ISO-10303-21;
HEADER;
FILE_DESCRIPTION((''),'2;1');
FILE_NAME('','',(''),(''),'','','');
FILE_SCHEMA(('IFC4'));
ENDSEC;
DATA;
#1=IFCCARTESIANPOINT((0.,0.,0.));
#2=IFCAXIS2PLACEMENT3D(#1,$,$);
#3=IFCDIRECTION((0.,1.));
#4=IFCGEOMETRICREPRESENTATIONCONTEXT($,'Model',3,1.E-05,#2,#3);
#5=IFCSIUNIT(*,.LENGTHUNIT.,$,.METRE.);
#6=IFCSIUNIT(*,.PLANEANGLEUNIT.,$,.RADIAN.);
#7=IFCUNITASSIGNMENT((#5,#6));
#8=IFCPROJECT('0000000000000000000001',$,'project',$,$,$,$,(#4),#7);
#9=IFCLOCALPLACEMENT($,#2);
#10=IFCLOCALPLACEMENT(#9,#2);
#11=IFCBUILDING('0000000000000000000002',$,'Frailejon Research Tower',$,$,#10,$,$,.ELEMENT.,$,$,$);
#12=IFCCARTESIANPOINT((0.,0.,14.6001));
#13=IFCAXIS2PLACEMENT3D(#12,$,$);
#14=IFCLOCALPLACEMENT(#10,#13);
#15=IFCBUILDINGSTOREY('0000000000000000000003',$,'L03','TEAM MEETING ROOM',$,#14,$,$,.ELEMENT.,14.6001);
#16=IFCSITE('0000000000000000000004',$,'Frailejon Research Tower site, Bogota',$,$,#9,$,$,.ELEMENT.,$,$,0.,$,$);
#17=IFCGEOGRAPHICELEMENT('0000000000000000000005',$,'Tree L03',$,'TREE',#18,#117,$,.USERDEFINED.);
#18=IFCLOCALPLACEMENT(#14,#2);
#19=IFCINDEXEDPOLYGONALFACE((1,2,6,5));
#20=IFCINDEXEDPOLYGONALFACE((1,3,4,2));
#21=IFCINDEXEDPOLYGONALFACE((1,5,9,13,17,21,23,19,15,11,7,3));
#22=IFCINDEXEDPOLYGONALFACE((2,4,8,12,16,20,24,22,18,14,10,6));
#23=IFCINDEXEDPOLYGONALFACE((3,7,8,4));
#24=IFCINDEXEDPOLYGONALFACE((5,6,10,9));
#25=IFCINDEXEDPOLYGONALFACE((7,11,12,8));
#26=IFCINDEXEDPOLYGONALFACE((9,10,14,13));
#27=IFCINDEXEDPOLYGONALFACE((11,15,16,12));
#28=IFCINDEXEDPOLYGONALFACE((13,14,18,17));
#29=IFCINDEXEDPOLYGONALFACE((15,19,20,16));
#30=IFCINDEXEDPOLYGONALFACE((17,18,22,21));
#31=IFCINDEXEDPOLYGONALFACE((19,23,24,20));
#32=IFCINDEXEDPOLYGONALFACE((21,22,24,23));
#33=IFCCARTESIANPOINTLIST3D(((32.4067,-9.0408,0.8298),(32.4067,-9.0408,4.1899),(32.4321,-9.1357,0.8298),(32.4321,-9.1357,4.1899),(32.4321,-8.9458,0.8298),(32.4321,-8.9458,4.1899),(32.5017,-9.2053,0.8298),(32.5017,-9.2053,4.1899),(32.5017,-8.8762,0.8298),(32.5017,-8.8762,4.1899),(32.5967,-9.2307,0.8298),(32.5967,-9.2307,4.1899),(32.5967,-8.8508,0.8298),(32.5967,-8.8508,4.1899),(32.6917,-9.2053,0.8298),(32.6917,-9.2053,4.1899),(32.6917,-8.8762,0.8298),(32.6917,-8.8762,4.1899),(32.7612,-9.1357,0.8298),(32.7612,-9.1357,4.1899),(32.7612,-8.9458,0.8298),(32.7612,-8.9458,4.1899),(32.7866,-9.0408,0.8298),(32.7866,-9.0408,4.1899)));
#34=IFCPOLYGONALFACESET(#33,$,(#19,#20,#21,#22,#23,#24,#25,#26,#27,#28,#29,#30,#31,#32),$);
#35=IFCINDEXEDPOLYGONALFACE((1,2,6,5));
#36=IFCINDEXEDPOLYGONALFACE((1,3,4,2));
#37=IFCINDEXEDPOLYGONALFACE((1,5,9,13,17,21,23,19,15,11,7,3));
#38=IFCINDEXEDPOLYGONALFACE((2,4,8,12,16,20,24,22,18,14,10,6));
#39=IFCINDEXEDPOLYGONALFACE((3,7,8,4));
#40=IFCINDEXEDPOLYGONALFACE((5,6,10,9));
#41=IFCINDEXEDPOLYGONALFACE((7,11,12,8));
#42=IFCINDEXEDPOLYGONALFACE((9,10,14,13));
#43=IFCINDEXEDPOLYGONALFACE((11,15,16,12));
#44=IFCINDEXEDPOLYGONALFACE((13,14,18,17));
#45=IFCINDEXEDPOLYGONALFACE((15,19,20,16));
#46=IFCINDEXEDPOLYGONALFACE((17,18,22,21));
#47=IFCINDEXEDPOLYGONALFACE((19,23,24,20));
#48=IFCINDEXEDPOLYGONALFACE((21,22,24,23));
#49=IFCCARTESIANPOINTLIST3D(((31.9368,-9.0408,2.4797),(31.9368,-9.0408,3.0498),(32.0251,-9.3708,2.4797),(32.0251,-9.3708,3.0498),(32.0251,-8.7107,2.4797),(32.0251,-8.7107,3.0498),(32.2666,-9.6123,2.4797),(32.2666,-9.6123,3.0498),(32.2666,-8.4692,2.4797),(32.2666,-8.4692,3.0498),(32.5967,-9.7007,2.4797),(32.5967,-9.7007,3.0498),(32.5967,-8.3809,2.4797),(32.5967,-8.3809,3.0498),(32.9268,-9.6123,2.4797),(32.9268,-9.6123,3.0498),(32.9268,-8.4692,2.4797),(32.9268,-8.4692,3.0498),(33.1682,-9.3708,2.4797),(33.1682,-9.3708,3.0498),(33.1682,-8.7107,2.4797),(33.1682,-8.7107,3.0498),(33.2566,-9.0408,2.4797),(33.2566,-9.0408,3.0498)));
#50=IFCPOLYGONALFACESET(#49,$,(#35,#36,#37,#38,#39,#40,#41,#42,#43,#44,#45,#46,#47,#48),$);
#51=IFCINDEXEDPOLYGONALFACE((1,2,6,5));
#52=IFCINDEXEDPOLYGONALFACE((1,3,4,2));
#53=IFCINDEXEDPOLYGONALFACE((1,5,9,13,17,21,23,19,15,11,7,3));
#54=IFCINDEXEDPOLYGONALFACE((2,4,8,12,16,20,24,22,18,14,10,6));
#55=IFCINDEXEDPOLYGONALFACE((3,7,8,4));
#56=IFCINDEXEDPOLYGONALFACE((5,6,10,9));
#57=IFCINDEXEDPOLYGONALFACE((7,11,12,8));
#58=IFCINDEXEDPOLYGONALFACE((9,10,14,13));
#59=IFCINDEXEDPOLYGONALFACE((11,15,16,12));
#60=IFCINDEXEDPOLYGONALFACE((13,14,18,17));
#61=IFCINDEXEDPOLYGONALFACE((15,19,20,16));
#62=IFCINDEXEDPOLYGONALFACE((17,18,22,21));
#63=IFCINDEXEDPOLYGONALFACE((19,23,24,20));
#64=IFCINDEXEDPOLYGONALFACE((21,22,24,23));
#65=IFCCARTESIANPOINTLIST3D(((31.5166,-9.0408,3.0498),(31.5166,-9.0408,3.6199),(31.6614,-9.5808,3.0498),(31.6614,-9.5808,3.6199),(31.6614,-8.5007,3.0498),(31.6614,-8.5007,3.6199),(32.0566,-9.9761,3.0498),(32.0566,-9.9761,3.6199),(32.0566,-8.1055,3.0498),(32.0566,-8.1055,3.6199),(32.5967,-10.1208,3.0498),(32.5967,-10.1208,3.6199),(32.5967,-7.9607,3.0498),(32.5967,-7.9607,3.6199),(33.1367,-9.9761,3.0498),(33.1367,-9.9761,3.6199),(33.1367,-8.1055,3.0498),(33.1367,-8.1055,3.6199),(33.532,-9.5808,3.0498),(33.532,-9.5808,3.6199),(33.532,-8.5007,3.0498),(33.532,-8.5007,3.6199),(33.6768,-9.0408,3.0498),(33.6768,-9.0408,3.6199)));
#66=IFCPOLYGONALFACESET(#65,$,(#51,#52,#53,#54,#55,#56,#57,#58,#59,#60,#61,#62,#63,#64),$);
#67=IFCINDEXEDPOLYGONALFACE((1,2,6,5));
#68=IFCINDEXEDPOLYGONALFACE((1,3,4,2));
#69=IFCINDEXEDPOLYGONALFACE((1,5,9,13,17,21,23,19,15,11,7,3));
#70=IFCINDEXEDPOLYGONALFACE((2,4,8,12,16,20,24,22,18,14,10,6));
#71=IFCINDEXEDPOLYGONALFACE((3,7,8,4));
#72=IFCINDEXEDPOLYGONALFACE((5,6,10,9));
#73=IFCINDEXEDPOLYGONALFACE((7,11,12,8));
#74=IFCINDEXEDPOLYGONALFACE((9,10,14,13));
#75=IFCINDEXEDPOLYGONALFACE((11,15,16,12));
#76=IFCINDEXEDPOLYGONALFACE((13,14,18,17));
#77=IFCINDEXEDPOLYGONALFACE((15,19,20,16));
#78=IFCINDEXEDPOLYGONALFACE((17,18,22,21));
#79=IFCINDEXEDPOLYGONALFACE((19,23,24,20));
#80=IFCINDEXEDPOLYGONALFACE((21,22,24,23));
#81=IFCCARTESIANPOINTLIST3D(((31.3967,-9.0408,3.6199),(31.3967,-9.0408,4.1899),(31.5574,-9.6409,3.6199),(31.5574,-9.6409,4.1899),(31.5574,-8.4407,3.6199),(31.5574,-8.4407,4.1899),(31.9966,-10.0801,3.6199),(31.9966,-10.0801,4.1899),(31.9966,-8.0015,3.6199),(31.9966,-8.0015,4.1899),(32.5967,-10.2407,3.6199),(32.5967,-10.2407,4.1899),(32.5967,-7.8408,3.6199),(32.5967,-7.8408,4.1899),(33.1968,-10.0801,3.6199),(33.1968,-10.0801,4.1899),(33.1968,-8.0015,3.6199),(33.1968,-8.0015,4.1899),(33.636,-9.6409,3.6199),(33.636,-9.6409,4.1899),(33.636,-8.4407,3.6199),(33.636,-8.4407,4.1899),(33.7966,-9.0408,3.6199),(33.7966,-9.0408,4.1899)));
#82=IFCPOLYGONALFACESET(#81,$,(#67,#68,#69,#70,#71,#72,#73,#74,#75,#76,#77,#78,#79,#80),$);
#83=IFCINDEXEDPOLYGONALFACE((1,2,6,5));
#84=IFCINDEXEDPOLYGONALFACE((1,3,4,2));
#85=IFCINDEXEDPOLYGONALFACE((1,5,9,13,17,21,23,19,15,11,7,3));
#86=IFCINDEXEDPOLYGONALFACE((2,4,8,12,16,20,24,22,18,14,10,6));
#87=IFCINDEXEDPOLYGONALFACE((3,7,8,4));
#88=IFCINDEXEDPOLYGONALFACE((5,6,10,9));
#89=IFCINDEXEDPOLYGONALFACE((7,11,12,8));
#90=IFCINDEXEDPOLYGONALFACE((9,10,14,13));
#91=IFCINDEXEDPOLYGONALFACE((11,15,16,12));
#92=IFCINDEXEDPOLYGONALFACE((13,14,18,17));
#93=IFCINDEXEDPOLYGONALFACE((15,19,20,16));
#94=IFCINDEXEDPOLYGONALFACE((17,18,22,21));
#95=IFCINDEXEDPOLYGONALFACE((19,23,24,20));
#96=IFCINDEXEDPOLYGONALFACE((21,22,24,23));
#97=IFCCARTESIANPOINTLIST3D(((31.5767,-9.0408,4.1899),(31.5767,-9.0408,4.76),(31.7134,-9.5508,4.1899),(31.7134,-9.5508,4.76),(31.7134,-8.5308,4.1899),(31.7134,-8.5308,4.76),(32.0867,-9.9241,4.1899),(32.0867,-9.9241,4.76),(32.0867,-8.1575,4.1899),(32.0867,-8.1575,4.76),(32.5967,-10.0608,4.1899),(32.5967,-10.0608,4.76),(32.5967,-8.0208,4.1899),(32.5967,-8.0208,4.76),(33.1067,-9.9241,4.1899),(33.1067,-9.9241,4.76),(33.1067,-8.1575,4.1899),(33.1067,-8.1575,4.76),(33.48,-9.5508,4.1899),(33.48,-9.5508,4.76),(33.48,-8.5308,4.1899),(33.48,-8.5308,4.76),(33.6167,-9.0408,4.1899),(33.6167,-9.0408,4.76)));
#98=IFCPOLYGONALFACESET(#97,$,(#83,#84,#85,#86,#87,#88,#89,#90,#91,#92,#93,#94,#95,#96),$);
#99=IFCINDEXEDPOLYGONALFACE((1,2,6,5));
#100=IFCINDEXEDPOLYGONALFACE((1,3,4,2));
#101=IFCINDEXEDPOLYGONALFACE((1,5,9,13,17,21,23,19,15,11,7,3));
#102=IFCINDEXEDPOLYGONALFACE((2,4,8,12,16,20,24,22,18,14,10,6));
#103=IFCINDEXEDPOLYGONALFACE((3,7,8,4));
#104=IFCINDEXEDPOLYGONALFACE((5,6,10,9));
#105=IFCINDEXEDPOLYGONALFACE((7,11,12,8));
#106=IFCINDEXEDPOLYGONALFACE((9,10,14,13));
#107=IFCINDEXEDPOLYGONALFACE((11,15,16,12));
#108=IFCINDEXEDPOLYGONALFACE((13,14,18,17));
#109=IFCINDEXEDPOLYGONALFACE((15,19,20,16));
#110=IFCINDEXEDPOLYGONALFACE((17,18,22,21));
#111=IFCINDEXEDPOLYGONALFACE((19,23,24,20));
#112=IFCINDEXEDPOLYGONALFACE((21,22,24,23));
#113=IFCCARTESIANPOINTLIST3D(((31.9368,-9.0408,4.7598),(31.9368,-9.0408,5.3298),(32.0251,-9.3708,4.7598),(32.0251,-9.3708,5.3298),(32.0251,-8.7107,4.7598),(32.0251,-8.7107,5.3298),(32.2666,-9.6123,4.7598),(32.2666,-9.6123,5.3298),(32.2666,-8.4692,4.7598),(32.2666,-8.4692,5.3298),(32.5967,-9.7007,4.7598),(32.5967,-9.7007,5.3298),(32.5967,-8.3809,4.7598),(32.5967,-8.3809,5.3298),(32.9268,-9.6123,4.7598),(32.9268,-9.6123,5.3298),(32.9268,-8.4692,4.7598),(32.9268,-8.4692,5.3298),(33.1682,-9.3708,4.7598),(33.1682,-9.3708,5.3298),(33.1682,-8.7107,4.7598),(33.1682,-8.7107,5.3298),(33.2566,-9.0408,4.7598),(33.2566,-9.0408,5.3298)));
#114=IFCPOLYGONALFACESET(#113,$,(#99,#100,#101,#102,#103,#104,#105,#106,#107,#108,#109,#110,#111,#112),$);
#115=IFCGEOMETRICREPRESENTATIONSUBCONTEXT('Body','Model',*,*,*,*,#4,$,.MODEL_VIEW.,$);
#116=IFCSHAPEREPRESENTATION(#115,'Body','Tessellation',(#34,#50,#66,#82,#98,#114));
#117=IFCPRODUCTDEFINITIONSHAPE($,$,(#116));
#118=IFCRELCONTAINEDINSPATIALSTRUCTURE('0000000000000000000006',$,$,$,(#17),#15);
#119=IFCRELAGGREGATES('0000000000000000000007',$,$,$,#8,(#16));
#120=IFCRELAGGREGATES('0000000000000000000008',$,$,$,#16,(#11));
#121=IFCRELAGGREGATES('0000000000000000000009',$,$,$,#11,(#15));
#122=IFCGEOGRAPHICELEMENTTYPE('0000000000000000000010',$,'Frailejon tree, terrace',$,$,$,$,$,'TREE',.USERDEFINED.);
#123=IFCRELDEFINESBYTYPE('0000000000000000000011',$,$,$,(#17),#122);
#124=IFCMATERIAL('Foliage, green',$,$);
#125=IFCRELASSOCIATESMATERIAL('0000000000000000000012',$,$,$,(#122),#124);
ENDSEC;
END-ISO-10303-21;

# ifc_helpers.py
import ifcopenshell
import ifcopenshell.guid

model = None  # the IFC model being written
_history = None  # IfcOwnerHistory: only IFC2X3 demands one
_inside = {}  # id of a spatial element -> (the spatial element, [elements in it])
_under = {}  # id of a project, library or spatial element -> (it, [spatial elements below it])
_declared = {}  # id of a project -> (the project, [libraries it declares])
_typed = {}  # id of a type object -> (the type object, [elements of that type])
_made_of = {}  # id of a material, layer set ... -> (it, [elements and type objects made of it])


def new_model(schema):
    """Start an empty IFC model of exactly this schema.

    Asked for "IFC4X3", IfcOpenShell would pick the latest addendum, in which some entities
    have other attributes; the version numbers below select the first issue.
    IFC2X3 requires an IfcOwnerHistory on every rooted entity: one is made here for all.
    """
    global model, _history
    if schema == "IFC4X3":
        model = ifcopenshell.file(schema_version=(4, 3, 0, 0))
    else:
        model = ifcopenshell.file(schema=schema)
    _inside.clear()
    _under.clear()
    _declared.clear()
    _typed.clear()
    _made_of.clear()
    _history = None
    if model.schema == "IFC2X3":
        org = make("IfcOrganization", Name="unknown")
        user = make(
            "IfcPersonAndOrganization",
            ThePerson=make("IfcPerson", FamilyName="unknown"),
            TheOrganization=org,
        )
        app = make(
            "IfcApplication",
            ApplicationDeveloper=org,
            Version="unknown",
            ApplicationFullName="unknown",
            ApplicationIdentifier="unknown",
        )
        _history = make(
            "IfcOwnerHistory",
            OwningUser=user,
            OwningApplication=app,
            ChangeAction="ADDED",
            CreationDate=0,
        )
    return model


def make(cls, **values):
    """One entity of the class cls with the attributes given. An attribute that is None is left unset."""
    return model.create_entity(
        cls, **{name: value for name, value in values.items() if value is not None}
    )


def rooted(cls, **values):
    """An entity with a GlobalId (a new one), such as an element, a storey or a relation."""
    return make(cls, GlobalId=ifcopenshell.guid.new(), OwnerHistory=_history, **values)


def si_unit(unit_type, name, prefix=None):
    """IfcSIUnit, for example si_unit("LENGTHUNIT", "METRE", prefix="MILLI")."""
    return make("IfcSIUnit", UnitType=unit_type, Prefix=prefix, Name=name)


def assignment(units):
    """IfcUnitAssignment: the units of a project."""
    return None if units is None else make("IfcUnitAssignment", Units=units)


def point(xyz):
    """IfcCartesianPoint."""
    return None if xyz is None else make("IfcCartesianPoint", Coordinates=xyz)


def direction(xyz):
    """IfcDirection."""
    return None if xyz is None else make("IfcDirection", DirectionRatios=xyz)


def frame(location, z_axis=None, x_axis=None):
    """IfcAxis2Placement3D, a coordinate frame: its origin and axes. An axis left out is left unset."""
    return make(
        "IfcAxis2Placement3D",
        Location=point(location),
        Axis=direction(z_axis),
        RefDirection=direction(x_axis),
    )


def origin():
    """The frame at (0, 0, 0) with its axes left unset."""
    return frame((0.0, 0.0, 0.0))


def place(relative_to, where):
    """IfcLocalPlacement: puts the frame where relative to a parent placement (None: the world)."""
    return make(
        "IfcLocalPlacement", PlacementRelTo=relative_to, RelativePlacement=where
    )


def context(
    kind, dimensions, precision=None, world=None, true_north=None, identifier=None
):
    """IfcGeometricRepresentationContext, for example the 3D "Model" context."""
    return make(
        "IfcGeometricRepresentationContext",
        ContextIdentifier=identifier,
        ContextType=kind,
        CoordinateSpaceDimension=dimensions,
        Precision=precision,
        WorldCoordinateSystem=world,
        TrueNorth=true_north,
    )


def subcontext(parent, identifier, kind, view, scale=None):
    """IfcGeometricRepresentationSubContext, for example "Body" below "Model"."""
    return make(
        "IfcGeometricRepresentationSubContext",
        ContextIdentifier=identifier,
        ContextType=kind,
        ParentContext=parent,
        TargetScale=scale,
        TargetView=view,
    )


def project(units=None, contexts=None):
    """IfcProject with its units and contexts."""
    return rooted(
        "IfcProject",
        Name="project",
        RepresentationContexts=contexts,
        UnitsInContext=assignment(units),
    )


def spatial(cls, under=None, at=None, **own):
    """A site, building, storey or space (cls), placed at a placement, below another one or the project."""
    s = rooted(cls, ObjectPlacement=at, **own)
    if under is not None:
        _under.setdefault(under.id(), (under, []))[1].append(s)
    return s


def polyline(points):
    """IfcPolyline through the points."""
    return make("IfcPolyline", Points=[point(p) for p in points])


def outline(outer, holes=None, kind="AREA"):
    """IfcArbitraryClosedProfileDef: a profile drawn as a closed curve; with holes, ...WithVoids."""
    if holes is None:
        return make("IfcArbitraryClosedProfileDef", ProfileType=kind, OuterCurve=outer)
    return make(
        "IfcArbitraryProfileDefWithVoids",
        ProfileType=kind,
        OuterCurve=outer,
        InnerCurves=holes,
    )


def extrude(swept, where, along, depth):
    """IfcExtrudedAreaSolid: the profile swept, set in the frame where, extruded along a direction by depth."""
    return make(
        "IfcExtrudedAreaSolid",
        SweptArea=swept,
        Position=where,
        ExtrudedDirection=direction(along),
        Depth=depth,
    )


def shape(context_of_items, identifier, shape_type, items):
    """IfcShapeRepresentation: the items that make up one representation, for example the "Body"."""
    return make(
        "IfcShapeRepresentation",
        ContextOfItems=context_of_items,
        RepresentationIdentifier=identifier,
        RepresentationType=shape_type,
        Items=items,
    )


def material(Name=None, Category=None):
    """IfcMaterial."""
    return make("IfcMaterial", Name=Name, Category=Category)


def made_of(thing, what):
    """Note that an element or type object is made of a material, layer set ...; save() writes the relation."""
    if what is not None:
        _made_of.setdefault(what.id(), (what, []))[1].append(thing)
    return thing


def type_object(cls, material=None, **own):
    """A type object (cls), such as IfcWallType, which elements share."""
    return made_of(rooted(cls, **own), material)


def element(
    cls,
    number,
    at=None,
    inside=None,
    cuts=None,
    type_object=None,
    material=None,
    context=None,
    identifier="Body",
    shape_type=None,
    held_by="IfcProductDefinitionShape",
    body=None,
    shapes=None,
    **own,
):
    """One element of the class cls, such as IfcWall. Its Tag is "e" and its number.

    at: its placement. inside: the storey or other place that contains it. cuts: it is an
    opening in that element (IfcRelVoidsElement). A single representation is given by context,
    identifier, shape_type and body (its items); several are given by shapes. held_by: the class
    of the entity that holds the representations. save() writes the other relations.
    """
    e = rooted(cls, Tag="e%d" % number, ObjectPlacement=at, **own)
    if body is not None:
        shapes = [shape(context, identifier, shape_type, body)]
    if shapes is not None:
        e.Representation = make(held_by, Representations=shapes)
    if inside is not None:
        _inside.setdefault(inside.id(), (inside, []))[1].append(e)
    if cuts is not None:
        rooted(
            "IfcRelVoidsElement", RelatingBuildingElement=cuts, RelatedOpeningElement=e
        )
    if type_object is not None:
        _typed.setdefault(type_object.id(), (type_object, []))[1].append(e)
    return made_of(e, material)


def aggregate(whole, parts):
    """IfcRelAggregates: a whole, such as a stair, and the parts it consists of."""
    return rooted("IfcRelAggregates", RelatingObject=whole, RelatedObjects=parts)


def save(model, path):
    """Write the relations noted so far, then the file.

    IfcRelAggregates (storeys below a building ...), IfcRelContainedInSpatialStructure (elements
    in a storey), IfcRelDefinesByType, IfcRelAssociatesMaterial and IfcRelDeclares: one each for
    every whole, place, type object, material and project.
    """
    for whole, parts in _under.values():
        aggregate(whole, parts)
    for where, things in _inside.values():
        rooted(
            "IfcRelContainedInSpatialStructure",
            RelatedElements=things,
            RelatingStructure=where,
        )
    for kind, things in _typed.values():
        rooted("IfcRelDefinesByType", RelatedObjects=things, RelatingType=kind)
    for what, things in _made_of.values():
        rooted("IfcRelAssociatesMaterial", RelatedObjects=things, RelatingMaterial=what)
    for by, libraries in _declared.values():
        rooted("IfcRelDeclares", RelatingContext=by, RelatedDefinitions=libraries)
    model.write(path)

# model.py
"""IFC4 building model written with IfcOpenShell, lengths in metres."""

from ifc_helpers import new_model, si_unit, direction, frame, origin, place, context, subcontext, project, spatial, polyline, outline, extrude, material, type_object, element, save


model = new_model("IFC4")

# Units and contexts
model_context = context("Model", 3, precision=1e-05, world=origin(), true_north=direction((0.0, 1.0)))
body_context = subcontext(model_context, "Body", "Model", "MODEL_VIEW")
ifc_project = project(units=[si_unit("LENGTHUNIT", "METRE"), si_unit("PLANEANGLEUNIT", "RADIAN")], contexts=[model_context])

# Site, building, storey
site_placement = place(None, origin())
site = spatial("IfcSite", under=ifc_project, at=site_placement, Name="Frailejon Research Tower site, Bogota", CompositionType="ELEMENT", RefElevation=0.0)
building_placement = place(site_placement, origin())
building = spatial("IfcBuilding", under=site, at=building_placement, Name="Frailejon Research Tower", CompositionType="ELEMENT")
storey_placement = place(building_placement, frame((0.0, 0.0, 14.6001)))
storey = spatial("IfcBuildingStorey", under=building, at=storey_placement, Name="L03", Description="TEAM MEETING ROOM", CompositionType="ELEMENT", Elevation=14.6001)

# Geographic element
ifc_material_1 = material(Name="Foliage, green")
geographic_element_type = type_object("IfcGeographicElementType", Name="Frailejon tree, terrace", ElementType="TREE", PredefinedType="USERDEFINED", material=ifc_material_1)
geographic_element_placement = place(storey_placement, frame((32.5967, -9.0408, 0.8298)))
element("IfcGeographicElement", 1, at=geographic_element_placement, inside=storey, type_object=geographic_element_type, Name="Tree L03", ObjectType="TREE", PredefinedType="USERDEFINED", context=body_context, shape_type="SweptSolid", body=[
    extrude(outline(polyline([(0.1899, 0.0), (0.1646, 0.095), (0.095, 0.1646), (0.0, 0.1899), (-0.095, 0.1646), (-0.1646, 0.095), (-0.1899, 0.0), (-0.1646, -0.095), (-0.095, -0.1646), (0.0, -0.1899), (0.095, -0.1646), (0.1646, -0.095), (0.1899, 0.0)])), origin(), (0.0, 0.0, 1.0), 3.3601),
    extrude(outline(polyline([(0.6599, 0.0), (0.5715, 0.3301), (0.3301, 0.5715), (0.0, 0.6599), (-0.3301, 0.5715), (-0.5715, 0.3301), (-0.6599, 0.0), (-0.5715, -0.3301), (-0.3301, -0.5715), (0.0, -0.6599), (0.3301, -0.5715), (0.5715, -0.3301), (0.6599, 0.0)])), frame((0.0, 0.0, 1.6499)), (0.0, 0.0, 1.0), 0.5701),
    extrude(outline(polyline([(1.0801, 0.0), (0.9353, 0.54), (0.54, 0.9353), (0.0, 1.0801), (-0.54, 0.9353), (-0.9353, 0.54), (-1.0801, 0.0), (-0.9353, -0.54), (-0.54, -0.9353), (0.0, -1.0801), (0.54, -0.9353), (0.9353, -0.54), (1.0801, 0.0)])), frame((0.0, 0.0, 2.22)), (0.0, 0.0, 1.0), 0.5701),
    extrude(outline(polyline([(1.2, 0.0), (1.0393, 0.6001), (0.6001, 1.0393), (0.0, 1.2), (-0.6001, 1.0393), (-1.0393, 0.6001), (-1.2, 0.0), (-1.0393, -0.6001), (-0.6001, -1.0393), (0.0, -1.2), (0.6001, -1.0393), (1.0393, -0.6001), (1.2, 0.0)])), frame((0.0, 0.0, 2.79)), (0.0, 0.0, 1.0), 0.5701),
    extrude(outline(polyline([(1.02, 0.0), (0.8833, 0.51), (0.51, 0.8833), (0.0, 1.02), (-0.51, 0.8833), (-0.8833, 0.51), (-1.02, 0.0), (-0.8833, -0.51), (-0.51, -0.8833), (0.0, -1.02), (0.51, -0.8833), (0.8833, -0.51), (1.02, 0.0)])), frame((0.0, 0.0, 3.3601)), (0.0, 0.0, 1.0), 0.5701),
    extrude(outline(polyline([(0.6599, 0.0), (0.5715, 0.3301), (0.3301, 0.5715), (0.0, 0.6599), (-0.3301, 0.5715), (-0.5715, 0.3301), (-0.6599, 0.0), (-0.5715, -0.3301), (-0.3301, -0.5715), (0.0, -0.6599), (0.3301, -0.5715), (0.5715, -0.3301), (0.6599, 0.0)])), frame((0.0, 0.0, 3.9299)), (0.0, 0.0, 1.0), 0.5701),
])

save(model, "model.ifc")
